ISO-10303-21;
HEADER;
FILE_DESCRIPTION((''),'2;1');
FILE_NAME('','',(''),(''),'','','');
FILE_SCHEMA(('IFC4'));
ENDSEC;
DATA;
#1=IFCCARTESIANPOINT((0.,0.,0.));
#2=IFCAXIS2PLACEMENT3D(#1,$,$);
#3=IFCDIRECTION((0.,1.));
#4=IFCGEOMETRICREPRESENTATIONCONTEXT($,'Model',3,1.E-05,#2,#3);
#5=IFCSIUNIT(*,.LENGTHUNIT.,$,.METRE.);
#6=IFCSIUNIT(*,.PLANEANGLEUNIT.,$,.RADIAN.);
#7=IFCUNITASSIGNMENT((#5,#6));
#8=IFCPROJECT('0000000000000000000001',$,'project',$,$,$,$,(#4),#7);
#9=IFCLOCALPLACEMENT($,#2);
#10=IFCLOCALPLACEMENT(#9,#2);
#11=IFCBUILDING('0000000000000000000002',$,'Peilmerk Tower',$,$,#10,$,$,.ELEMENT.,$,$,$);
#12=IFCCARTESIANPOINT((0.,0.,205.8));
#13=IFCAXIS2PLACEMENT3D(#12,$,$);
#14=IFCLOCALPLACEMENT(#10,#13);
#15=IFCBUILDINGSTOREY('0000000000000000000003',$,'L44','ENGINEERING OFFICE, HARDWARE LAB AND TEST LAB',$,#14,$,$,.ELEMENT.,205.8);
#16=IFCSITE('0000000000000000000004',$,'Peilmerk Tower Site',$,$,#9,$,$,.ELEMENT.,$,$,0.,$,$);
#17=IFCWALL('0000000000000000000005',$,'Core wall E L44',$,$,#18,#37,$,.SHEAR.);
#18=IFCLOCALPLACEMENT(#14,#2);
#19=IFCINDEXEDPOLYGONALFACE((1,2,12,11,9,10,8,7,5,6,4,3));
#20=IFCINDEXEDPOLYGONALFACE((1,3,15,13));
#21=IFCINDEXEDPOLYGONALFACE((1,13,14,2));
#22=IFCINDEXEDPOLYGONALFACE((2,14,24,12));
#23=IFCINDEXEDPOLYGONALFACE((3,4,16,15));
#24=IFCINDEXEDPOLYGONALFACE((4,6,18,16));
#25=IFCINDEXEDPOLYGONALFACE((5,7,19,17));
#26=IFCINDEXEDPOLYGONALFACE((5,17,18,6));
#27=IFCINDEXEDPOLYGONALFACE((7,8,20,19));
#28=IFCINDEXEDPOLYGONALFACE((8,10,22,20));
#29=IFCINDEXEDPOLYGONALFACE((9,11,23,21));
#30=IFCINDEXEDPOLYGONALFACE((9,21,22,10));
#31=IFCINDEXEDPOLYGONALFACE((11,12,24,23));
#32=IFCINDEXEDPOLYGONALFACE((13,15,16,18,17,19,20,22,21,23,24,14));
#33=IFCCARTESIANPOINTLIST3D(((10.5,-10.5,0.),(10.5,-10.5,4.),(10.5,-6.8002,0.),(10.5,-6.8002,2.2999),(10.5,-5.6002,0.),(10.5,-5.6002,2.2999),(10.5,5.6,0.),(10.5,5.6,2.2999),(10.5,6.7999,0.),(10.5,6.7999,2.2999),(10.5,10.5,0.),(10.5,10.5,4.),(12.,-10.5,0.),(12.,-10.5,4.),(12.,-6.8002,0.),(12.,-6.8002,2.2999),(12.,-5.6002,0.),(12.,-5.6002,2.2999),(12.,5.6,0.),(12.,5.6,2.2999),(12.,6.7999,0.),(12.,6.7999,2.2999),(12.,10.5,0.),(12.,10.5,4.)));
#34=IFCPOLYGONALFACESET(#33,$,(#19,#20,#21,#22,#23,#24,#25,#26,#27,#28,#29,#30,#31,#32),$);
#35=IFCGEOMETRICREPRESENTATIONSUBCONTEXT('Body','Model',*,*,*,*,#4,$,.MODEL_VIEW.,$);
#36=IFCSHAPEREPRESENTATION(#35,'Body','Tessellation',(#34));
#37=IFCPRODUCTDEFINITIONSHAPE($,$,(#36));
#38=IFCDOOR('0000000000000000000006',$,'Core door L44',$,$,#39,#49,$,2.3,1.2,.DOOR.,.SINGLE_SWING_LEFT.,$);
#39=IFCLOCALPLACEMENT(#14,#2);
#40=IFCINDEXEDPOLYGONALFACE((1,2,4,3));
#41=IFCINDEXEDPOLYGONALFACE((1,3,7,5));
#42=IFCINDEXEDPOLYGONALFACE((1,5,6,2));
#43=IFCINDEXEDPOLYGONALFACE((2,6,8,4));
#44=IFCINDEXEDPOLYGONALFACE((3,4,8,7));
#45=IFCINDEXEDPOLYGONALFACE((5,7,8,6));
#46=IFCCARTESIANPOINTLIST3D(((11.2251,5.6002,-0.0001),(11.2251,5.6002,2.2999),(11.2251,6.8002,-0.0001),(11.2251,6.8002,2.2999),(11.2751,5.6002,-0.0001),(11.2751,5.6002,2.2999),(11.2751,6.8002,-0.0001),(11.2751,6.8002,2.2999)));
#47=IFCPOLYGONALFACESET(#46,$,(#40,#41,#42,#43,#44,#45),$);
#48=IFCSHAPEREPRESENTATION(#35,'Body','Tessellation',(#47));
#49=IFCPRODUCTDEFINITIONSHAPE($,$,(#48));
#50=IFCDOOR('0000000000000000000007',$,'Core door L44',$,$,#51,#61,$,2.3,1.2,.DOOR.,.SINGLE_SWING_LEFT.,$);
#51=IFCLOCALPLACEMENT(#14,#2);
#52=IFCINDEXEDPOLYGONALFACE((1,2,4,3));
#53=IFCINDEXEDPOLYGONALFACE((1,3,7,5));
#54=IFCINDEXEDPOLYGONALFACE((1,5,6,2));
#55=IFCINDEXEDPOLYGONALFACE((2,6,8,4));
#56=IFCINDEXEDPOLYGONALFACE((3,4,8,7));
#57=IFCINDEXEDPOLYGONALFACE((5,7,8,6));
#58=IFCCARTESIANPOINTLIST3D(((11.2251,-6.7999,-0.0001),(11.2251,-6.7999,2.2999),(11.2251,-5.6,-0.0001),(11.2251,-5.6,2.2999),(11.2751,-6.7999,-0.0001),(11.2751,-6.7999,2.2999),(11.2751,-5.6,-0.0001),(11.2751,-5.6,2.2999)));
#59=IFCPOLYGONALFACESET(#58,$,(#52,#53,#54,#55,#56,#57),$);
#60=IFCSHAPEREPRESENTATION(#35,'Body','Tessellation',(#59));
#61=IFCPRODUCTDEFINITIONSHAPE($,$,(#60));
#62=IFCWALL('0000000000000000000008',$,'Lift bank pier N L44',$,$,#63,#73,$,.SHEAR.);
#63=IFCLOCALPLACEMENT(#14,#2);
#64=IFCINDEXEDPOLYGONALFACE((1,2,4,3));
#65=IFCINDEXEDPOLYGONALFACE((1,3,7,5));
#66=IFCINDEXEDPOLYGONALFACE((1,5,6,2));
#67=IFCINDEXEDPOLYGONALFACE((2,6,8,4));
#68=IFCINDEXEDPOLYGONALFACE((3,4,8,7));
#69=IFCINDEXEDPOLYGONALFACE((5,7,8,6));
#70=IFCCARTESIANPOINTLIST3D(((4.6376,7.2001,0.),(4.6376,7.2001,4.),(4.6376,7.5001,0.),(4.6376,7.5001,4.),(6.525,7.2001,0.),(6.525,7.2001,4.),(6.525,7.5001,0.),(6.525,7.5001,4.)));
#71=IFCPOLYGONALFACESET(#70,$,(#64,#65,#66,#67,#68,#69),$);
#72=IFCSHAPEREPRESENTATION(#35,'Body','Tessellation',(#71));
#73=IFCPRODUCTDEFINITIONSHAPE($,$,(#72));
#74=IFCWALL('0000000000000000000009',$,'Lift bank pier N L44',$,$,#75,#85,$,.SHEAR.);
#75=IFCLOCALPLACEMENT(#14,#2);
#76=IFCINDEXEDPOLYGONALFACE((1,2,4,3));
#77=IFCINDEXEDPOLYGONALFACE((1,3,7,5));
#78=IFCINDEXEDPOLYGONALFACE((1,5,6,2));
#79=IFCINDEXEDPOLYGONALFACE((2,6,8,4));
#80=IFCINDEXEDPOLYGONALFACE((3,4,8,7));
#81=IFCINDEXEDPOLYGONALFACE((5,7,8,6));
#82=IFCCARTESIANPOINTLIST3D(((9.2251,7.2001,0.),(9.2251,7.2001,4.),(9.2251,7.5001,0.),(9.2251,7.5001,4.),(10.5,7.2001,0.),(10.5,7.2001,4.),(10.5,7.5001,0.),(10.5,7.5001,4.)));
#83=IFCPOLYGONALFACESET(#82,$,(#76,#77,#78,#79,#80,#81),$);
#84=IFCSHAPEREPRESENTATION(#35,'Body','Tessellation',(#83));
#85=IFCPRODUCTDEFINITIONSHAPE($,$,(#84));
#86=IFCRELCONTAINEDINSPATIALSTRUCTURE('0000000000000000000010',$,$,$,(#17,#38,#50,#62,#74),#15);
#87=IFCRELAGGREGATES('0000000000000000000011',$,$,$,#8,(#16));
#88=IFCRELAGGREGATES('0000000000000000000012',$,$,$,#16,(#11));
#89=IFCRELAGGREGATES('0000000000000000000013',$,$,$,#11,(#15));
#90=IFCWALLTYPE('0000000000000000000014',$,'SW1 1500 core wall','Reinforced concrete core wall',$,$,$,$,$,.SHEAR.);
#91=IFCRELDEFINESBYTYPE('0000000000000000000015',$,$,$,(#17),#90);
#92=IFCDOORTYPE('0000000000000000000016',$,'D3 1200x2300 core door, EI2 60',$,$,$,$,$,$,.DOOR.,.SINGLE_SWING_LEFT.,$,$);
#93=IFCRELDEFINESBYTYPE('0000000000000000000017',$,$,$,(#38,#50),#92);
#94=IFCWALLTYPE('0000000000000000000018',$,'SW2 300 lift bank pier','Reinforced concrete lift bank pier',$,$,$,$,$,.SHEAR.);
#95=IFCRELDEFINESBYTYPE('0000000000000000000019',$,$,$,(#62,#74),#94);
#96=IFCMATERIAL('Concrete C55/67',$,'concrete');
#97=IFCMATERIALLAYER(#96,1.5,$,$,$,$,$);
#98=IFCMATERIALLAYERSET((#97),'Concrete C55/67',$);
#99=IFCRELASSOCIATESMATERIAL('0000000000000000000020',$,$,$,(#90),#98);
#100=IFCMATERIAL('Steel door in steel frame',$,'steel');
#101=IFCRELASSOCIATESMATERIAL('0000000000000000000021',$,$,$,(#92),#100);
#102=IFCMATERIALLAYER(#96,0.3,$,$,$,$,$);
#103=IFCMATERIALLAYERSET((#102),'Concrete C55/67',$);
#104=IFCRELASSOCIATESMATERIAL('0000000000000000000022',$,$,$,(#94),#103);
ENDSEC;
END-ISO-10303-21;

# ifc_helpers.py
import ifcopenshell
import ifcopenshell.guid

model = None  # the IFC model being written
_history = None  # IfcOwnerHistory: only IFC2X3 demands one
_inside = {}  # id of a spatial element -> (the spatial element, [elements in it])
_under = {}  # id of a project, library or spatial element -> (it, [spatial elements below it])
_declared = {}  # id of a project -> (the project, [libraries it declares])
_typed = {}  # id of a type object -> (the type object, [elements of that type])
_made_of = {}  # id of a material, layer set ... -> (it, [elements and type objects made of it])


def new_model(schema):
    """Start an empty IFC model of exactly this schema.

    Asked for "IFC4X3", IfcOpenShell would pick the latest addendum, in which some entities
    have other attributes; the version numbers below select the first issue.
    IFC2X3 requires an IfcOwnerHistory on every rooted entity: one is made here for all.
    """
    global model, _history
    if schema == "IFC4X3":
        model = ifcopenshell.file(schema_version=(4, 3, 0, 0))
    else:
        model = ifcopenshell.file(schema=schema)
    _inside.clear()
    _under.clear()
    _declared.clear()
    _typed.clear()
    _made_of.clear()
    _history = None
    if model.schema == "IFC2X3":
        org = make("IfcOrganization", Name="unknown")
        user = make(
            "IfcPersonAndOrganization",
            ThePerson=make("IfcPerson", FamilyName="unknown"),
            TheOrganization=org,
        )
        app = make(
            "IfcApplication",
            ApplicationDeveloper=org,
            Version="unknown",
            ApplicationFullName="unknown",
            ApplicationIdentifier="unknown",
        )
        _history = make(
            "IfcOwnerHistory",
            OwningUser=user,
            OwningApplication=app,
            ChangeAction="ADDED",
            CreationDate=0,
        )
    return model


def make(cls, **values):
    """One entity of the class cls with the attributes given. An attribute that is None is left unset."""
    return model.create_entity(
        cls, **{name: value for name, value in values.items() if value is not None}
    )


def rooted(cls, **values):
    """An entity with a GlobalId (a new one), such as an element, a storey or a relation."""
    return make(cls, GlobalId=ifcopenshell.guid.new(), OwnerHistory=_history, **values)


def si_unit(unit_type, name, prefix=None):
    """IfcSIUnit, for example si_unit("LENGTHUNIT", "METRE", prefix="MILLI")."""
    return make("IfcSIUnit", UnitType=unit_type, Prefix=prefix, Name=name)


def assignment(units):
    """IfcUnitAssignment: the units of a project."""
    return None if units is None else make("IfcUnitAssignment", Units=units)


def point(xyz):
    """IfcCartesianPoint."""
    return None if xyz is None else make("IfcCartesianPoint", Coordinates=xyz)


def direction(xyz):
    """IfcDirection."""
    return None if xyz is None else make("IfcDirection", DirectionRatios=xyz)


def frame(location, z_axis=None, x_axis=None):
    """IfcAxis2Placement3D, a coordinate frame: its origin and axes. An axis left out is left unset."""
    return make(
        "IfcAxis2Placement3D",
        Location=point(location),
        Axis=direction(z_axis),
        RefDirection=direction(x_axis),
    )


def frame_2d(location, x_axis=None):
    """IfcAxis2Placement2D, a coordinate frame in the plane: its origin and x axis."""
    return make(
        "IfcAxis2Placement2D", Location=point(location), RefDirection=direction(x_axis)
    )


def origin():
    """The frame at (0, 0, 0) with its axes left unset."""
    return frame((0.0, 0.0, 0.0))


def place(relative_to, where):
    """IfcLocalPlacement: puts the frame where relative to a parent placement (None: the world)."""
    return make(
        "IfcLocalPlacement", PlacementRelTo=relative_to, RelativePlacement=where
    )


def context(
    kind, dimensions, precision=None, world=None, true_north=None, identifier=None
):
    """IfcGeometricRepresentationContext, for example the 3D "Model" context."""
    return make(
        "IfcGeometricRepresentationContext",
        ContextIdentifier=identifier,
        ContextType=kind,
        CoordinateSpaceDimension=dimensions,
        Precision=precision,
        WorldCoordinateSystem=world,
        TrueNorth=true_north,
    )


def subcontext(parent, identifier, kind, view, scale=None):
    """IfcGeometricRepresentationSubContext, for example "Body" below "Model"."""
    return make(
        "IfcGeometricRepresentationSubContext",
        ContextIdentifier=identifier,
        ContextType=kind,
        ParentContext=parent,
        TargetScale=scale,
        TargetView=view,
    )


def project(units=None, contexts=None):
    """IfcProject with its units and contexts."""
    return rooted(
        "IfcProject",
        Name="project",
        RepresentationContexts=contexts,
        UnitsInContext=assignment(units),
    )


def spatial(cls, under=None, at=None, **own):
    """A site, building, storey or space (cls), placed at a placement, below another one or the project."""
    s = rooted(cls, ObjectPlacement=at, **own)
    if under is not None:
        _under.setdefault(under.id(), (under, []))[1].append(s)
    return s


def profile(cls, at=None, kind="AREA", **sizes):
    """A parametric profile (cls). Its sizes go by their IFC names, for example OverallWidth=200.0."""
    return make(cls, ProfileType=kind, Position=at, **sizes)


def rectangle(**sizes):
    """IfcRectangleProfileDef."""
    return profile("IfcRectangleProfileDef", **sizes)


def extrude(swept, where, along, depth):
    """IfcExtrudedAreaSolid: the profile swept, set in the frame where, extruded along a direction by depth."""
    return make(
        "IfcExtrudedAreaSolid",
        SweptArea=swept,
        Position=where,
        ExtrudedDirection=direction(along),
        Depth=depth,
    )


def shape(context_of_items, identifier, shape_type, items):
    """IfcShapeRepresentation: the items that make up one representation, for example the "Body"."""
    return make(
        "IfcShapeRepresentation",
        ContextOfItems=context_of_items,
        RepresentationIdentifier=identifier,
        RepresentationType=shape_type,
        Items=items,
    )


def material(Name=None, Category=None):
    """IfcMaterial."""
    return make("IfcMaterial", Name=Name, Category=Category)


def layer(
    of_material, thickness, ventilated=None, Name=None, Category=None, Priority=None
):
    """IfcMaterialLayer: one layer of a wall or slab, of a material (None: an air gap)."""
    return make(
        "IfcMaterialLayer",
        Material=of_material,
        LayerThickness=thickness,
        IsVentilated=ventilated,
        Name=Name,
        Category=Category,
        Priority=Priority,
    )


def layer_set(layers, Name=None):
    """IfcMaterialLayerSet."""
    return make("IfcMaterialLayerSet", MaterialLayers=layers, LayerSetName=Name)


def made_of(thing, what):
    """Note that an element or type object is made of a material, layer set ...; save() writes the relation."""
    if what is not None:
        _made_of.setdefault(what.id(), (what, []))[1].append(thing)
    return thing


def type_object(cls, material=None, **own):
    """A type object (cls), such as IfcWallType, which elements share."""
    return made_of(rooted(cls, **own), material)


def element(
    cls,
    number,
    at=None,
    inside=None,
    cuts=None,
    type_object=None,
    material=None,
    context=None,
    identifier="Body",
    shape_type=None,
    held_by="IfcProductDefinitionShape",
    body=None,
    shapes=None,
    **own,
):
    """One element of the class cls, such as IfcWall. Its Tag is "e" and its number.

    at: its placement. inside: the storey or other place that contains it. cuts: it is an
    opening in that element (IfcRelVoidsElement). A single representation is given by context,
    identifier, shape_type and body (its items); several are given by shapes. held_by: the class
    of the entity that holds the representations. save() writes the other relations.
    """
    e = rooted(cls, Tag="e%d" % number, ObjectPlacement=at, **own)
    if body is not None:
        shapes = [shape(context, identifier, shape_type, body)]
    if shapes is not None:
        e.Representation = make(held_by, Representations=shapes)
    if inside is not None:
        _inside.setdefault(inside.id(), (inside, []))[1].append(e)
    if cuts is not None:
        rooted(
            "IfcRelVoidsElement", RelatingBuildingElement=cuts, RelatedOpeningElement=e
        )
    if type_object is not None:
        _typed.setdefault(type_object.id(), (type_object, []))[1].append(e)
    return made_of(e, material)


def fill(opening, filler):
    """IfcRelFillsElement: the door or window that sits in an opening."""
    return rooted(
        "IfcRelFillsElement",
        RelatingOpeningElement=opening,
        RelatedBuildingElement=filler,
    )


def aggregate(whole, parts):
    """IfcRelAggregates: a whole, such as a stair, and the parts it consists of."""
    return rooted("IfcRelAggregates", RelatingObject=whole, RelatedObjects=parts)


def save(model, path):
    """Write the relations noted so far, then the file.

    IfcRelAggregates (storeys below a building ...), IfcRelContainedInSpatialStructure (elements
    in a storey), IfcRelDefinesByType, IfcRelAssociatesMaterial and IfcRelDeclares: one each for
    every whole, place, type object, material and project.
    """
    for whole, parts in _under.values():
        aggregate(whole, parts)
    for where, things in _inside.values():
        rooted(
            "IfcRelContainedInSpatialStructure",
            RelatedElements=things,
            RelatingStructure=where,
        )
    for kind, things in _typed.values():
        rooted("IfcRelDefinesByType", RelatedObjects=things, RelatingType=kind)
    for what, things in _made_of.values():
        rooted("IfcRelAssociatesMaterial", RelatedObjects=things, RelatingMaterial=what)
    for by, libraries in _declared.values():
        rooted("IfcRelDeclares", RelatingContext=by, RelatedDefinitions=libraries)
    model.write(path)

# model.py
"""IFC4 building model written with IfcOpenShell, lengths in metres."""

from ifc_helpers import new_model, si_unit, direction, frame, frame_2d, origin, place, context, subcontext, project, spatial, rectangle, extrude, material, layer, layer_set, type_object, element, fill, save


model = new_model("IFC4")

# Units and contexts
model_context = context("Model", 3, precision=1e-05, world=origin(), true_north=direction((0.0, 1.0)))
body_context = subcontext(model_context, "Body", "Model", "MODEL_VIEW")
ifc_project = project(units=[si_unit("LENGTHUNIT", "METRE"), si_unit("PLANEANGLEUNIT", "RADIAN")], contexts=[model_context])

# Site, building, storey
site_placement = place(None, origin())
site = spatial("IfcSite", under=ifc_project, at=site_placement, Name="Peilmerk Tower Site", CompositionType="ELEMENT", RefElevation=0.0)
building_placement = place(site_placement, origin())
building = spatial("IfcBuilding", under=site, at=building_placement, Name="Peilmerk Tower", CompositionType="ELEMENT")
storey_placement = place(building_placement, frame((0.0, 0.0, 205.8)))
storey = spatial("IfcBuildingStorey", under=building, at=storey_placement, Name="L44", Description="ENGINEERING OFFICE, HARDWARE LAB AND TEST LAB", CompositionType="ELEMENT", Elevation=205.8)

# Shared definitions
ifc_material_1 = material(Name="Steel door in steel frame", Category="steel")

# Wall, openings, doors
ifc_material_2 = material(Name="Concrete C55/67", Category="concrete")
ifc_layer_1 = layer(ifc_material_2, 1.5)
ifc_layer_set_1 = layer_set([ifc_layer_1], Name="Concrete C55/67")
wall_type_1 = type_object("IfcWallType", Name="SW1 1500 core wall", Description="Reinforced concrete core wall", PredefinedType="SHEAR", material=ifc_layer_set_1)
wall_1_placement = place(storey_placement, frame((11.25, 10.5, 0.0), z_axis=(0.0, 0.0, 1.0), x_axis=(0.0, -1.0, 0.0)))
wall_1 = element("IfcWall", 1, at=wall_1_placement, inside=storey, type_object=wall_type_1, Name="Core wall E L44", PredefinedType="SHEAR", context=body_context, shape_type="SweptSolid", body=[
    extrude(rectangle(XDim=21.0, YDim=1.5, at=frame_2d((10.5, 0.0))), origin(), (0.0, 0.0, 1.0), 4.0),
])
opening_1_placement = place(wall_1_placement, frame((3.7, 0.0, 0.0)))
opening_1 = element("IfcOpeningElement", 2, at=opening_1_placement, cuts=wall_1, PredefinedType="OPENING", context=body_context, shape_type="SweptSolid", body=[
    extrude(rectangle(XDim=1.2, YDim=2.3, at=frame_2d((0.6001, 1.1499))), frame((0.0, 0.76, 0.0), z_axis=(0.0, -1.0, 0.0), x_axis=(1.0, 0.0, 0.0)), (0.0, 0.0, 1.0), 1.52),
])
opening_2_placement = place(wall_1_placement, frame((16.1001, 0.0, 0.0)))
opening_2 = element("IfcOpeningElement", 3, at=opening_2_placement, cuts=wall_1, PredefinedType="OPENING", context=body_context, shape_type="SweptSolid", body=[
    extrude(rectangle(XDim=1.2, YDim=2.3, at=frame_2d((0.6001, 1.1499))), frame((0.0, 0.76, 0.0), z_axis=(0.0, -1.0, 0.0), x_axis=(1.0, 0.0, 0.0)), (0.0, 0.0, 1.0), 1.52),
])
door_type_1 = type_object("IfcDoorType", Name="D3 1200x2300 core door, EI2 60", OperationType="SINGLE_SWING_LEFT", PredefinedType="DOOR", material=ifc_material_1)
door_1_placement = place(opening_1_placement, frame((1.2, 0.0, 0.0), z_axis=(0.0, 0.0, 1.0), x_axis=(-1.0, 0.0, 0.0)))
door_1 = element("IfcDoor", 4, at=door_1_placement, inside=storey, type_object=door_type_1, Name="Core door L44", OperationType="SINGLE_SWING_LEFT", OverallHeight=2.3, OverallWidth=1.2, PredefinedType="DOOR", context=body_context, shape_type="SweptSolid", body=[
    extrude(rectangle(XDim=1.2, YDim=2.3, at=frame_2d((0.6001, 1.1499))), frame((0.0, 0.0249, 0.0), z_axis=(0.0, -1.0, 0.0), x_axis=(1.0, 0.0, 0.0)), (0.0, 0.0, 1.0), 0.05),
])
fill(opening_1, door_1)
door_2_placement = place(opening_2_placement, frame((1.2, 0.0, 0.0), z_axis=(0.0, 0.0, 1.0), x_axis=(-1.0, 0.0, 0.0)))
door_2 = element("IfcDoor", 5, at=door_2_placement, inside=storey, type_object=door_type_1, Name="Core door L44", OperationType="SINGLE_SWING_LEFT", OverallHeight=2.3, OverallWidth=1.2, PredefinedType="DOOR", context=body_context, shape_type="SweptSolid", body=[
    extrude(rectangle(XDim=1.2, YDim=2.3, at=frame_2d((0.6001, 1.1499))), frame((0.0, 0.0249, 0.0), z_axis=(0.0, -1.0, 0.0), x_axis=(1.0, 0.0, 0.0)), (0.0, 0.0, 1.0), 0.05),
])
fill(opening_2, door_2)

# Walls
ifc_layer_2 = layer(ifc_material_2, 0.3)
ifc_layer_set_2 = layer_set([ifc_layer_2], Name="Concrete C55/67")
wall_type_2 = type_object("IfcWallType", Name="SW2 300 lift bank pier", Description="Reinforced concrete lift bank pier", PredefinedType="SHEAR", material=ifc_layer_set_2)
wall_2_placement = place(storey_placement, frame((4.6375, 7.3501, 0.0), z_axis=(0.0, 0.0, 1.0), x_axis=(1.0, 0.0, 0.0)))
element("IfcWall", 6, at=wall_2_placement, inside=storey, type_object=wall_type_2, Name="Lift bank pier N L44", PredefinedType="SHEAR", context=body_context, shape_type="SweptSolid", body=[
    extrude(rectangle(XDim=1.8875, YDim=0.3, at=frame_2d((0.9438, 0.0))), origin(), (0.0, 0.0, 1.0), 4.0),
])
wall_3_placement = place(storey_placement, frame((9.2251, 7.3501, 0.0), z_axis=(0.0, 0.0, 1.0), x_axis=(1.0, 0.0, 0.0)))
element("IfcWall", 7, at=wall_3_placement, inside=storey, type_object=wall_type_2, Name="Lift bank pier N L44", PredefinedType="SHEAR", context=body_context, shape_type="SweptSolid", body=[
    extrude(rectangle(XDim=1.2749, YDim=0.3, at=frame_2d((0.6375, 0.0))), origin(), (0.0, 0.0, 1.0), 4.0),
])

save(model, "model.ifc")
